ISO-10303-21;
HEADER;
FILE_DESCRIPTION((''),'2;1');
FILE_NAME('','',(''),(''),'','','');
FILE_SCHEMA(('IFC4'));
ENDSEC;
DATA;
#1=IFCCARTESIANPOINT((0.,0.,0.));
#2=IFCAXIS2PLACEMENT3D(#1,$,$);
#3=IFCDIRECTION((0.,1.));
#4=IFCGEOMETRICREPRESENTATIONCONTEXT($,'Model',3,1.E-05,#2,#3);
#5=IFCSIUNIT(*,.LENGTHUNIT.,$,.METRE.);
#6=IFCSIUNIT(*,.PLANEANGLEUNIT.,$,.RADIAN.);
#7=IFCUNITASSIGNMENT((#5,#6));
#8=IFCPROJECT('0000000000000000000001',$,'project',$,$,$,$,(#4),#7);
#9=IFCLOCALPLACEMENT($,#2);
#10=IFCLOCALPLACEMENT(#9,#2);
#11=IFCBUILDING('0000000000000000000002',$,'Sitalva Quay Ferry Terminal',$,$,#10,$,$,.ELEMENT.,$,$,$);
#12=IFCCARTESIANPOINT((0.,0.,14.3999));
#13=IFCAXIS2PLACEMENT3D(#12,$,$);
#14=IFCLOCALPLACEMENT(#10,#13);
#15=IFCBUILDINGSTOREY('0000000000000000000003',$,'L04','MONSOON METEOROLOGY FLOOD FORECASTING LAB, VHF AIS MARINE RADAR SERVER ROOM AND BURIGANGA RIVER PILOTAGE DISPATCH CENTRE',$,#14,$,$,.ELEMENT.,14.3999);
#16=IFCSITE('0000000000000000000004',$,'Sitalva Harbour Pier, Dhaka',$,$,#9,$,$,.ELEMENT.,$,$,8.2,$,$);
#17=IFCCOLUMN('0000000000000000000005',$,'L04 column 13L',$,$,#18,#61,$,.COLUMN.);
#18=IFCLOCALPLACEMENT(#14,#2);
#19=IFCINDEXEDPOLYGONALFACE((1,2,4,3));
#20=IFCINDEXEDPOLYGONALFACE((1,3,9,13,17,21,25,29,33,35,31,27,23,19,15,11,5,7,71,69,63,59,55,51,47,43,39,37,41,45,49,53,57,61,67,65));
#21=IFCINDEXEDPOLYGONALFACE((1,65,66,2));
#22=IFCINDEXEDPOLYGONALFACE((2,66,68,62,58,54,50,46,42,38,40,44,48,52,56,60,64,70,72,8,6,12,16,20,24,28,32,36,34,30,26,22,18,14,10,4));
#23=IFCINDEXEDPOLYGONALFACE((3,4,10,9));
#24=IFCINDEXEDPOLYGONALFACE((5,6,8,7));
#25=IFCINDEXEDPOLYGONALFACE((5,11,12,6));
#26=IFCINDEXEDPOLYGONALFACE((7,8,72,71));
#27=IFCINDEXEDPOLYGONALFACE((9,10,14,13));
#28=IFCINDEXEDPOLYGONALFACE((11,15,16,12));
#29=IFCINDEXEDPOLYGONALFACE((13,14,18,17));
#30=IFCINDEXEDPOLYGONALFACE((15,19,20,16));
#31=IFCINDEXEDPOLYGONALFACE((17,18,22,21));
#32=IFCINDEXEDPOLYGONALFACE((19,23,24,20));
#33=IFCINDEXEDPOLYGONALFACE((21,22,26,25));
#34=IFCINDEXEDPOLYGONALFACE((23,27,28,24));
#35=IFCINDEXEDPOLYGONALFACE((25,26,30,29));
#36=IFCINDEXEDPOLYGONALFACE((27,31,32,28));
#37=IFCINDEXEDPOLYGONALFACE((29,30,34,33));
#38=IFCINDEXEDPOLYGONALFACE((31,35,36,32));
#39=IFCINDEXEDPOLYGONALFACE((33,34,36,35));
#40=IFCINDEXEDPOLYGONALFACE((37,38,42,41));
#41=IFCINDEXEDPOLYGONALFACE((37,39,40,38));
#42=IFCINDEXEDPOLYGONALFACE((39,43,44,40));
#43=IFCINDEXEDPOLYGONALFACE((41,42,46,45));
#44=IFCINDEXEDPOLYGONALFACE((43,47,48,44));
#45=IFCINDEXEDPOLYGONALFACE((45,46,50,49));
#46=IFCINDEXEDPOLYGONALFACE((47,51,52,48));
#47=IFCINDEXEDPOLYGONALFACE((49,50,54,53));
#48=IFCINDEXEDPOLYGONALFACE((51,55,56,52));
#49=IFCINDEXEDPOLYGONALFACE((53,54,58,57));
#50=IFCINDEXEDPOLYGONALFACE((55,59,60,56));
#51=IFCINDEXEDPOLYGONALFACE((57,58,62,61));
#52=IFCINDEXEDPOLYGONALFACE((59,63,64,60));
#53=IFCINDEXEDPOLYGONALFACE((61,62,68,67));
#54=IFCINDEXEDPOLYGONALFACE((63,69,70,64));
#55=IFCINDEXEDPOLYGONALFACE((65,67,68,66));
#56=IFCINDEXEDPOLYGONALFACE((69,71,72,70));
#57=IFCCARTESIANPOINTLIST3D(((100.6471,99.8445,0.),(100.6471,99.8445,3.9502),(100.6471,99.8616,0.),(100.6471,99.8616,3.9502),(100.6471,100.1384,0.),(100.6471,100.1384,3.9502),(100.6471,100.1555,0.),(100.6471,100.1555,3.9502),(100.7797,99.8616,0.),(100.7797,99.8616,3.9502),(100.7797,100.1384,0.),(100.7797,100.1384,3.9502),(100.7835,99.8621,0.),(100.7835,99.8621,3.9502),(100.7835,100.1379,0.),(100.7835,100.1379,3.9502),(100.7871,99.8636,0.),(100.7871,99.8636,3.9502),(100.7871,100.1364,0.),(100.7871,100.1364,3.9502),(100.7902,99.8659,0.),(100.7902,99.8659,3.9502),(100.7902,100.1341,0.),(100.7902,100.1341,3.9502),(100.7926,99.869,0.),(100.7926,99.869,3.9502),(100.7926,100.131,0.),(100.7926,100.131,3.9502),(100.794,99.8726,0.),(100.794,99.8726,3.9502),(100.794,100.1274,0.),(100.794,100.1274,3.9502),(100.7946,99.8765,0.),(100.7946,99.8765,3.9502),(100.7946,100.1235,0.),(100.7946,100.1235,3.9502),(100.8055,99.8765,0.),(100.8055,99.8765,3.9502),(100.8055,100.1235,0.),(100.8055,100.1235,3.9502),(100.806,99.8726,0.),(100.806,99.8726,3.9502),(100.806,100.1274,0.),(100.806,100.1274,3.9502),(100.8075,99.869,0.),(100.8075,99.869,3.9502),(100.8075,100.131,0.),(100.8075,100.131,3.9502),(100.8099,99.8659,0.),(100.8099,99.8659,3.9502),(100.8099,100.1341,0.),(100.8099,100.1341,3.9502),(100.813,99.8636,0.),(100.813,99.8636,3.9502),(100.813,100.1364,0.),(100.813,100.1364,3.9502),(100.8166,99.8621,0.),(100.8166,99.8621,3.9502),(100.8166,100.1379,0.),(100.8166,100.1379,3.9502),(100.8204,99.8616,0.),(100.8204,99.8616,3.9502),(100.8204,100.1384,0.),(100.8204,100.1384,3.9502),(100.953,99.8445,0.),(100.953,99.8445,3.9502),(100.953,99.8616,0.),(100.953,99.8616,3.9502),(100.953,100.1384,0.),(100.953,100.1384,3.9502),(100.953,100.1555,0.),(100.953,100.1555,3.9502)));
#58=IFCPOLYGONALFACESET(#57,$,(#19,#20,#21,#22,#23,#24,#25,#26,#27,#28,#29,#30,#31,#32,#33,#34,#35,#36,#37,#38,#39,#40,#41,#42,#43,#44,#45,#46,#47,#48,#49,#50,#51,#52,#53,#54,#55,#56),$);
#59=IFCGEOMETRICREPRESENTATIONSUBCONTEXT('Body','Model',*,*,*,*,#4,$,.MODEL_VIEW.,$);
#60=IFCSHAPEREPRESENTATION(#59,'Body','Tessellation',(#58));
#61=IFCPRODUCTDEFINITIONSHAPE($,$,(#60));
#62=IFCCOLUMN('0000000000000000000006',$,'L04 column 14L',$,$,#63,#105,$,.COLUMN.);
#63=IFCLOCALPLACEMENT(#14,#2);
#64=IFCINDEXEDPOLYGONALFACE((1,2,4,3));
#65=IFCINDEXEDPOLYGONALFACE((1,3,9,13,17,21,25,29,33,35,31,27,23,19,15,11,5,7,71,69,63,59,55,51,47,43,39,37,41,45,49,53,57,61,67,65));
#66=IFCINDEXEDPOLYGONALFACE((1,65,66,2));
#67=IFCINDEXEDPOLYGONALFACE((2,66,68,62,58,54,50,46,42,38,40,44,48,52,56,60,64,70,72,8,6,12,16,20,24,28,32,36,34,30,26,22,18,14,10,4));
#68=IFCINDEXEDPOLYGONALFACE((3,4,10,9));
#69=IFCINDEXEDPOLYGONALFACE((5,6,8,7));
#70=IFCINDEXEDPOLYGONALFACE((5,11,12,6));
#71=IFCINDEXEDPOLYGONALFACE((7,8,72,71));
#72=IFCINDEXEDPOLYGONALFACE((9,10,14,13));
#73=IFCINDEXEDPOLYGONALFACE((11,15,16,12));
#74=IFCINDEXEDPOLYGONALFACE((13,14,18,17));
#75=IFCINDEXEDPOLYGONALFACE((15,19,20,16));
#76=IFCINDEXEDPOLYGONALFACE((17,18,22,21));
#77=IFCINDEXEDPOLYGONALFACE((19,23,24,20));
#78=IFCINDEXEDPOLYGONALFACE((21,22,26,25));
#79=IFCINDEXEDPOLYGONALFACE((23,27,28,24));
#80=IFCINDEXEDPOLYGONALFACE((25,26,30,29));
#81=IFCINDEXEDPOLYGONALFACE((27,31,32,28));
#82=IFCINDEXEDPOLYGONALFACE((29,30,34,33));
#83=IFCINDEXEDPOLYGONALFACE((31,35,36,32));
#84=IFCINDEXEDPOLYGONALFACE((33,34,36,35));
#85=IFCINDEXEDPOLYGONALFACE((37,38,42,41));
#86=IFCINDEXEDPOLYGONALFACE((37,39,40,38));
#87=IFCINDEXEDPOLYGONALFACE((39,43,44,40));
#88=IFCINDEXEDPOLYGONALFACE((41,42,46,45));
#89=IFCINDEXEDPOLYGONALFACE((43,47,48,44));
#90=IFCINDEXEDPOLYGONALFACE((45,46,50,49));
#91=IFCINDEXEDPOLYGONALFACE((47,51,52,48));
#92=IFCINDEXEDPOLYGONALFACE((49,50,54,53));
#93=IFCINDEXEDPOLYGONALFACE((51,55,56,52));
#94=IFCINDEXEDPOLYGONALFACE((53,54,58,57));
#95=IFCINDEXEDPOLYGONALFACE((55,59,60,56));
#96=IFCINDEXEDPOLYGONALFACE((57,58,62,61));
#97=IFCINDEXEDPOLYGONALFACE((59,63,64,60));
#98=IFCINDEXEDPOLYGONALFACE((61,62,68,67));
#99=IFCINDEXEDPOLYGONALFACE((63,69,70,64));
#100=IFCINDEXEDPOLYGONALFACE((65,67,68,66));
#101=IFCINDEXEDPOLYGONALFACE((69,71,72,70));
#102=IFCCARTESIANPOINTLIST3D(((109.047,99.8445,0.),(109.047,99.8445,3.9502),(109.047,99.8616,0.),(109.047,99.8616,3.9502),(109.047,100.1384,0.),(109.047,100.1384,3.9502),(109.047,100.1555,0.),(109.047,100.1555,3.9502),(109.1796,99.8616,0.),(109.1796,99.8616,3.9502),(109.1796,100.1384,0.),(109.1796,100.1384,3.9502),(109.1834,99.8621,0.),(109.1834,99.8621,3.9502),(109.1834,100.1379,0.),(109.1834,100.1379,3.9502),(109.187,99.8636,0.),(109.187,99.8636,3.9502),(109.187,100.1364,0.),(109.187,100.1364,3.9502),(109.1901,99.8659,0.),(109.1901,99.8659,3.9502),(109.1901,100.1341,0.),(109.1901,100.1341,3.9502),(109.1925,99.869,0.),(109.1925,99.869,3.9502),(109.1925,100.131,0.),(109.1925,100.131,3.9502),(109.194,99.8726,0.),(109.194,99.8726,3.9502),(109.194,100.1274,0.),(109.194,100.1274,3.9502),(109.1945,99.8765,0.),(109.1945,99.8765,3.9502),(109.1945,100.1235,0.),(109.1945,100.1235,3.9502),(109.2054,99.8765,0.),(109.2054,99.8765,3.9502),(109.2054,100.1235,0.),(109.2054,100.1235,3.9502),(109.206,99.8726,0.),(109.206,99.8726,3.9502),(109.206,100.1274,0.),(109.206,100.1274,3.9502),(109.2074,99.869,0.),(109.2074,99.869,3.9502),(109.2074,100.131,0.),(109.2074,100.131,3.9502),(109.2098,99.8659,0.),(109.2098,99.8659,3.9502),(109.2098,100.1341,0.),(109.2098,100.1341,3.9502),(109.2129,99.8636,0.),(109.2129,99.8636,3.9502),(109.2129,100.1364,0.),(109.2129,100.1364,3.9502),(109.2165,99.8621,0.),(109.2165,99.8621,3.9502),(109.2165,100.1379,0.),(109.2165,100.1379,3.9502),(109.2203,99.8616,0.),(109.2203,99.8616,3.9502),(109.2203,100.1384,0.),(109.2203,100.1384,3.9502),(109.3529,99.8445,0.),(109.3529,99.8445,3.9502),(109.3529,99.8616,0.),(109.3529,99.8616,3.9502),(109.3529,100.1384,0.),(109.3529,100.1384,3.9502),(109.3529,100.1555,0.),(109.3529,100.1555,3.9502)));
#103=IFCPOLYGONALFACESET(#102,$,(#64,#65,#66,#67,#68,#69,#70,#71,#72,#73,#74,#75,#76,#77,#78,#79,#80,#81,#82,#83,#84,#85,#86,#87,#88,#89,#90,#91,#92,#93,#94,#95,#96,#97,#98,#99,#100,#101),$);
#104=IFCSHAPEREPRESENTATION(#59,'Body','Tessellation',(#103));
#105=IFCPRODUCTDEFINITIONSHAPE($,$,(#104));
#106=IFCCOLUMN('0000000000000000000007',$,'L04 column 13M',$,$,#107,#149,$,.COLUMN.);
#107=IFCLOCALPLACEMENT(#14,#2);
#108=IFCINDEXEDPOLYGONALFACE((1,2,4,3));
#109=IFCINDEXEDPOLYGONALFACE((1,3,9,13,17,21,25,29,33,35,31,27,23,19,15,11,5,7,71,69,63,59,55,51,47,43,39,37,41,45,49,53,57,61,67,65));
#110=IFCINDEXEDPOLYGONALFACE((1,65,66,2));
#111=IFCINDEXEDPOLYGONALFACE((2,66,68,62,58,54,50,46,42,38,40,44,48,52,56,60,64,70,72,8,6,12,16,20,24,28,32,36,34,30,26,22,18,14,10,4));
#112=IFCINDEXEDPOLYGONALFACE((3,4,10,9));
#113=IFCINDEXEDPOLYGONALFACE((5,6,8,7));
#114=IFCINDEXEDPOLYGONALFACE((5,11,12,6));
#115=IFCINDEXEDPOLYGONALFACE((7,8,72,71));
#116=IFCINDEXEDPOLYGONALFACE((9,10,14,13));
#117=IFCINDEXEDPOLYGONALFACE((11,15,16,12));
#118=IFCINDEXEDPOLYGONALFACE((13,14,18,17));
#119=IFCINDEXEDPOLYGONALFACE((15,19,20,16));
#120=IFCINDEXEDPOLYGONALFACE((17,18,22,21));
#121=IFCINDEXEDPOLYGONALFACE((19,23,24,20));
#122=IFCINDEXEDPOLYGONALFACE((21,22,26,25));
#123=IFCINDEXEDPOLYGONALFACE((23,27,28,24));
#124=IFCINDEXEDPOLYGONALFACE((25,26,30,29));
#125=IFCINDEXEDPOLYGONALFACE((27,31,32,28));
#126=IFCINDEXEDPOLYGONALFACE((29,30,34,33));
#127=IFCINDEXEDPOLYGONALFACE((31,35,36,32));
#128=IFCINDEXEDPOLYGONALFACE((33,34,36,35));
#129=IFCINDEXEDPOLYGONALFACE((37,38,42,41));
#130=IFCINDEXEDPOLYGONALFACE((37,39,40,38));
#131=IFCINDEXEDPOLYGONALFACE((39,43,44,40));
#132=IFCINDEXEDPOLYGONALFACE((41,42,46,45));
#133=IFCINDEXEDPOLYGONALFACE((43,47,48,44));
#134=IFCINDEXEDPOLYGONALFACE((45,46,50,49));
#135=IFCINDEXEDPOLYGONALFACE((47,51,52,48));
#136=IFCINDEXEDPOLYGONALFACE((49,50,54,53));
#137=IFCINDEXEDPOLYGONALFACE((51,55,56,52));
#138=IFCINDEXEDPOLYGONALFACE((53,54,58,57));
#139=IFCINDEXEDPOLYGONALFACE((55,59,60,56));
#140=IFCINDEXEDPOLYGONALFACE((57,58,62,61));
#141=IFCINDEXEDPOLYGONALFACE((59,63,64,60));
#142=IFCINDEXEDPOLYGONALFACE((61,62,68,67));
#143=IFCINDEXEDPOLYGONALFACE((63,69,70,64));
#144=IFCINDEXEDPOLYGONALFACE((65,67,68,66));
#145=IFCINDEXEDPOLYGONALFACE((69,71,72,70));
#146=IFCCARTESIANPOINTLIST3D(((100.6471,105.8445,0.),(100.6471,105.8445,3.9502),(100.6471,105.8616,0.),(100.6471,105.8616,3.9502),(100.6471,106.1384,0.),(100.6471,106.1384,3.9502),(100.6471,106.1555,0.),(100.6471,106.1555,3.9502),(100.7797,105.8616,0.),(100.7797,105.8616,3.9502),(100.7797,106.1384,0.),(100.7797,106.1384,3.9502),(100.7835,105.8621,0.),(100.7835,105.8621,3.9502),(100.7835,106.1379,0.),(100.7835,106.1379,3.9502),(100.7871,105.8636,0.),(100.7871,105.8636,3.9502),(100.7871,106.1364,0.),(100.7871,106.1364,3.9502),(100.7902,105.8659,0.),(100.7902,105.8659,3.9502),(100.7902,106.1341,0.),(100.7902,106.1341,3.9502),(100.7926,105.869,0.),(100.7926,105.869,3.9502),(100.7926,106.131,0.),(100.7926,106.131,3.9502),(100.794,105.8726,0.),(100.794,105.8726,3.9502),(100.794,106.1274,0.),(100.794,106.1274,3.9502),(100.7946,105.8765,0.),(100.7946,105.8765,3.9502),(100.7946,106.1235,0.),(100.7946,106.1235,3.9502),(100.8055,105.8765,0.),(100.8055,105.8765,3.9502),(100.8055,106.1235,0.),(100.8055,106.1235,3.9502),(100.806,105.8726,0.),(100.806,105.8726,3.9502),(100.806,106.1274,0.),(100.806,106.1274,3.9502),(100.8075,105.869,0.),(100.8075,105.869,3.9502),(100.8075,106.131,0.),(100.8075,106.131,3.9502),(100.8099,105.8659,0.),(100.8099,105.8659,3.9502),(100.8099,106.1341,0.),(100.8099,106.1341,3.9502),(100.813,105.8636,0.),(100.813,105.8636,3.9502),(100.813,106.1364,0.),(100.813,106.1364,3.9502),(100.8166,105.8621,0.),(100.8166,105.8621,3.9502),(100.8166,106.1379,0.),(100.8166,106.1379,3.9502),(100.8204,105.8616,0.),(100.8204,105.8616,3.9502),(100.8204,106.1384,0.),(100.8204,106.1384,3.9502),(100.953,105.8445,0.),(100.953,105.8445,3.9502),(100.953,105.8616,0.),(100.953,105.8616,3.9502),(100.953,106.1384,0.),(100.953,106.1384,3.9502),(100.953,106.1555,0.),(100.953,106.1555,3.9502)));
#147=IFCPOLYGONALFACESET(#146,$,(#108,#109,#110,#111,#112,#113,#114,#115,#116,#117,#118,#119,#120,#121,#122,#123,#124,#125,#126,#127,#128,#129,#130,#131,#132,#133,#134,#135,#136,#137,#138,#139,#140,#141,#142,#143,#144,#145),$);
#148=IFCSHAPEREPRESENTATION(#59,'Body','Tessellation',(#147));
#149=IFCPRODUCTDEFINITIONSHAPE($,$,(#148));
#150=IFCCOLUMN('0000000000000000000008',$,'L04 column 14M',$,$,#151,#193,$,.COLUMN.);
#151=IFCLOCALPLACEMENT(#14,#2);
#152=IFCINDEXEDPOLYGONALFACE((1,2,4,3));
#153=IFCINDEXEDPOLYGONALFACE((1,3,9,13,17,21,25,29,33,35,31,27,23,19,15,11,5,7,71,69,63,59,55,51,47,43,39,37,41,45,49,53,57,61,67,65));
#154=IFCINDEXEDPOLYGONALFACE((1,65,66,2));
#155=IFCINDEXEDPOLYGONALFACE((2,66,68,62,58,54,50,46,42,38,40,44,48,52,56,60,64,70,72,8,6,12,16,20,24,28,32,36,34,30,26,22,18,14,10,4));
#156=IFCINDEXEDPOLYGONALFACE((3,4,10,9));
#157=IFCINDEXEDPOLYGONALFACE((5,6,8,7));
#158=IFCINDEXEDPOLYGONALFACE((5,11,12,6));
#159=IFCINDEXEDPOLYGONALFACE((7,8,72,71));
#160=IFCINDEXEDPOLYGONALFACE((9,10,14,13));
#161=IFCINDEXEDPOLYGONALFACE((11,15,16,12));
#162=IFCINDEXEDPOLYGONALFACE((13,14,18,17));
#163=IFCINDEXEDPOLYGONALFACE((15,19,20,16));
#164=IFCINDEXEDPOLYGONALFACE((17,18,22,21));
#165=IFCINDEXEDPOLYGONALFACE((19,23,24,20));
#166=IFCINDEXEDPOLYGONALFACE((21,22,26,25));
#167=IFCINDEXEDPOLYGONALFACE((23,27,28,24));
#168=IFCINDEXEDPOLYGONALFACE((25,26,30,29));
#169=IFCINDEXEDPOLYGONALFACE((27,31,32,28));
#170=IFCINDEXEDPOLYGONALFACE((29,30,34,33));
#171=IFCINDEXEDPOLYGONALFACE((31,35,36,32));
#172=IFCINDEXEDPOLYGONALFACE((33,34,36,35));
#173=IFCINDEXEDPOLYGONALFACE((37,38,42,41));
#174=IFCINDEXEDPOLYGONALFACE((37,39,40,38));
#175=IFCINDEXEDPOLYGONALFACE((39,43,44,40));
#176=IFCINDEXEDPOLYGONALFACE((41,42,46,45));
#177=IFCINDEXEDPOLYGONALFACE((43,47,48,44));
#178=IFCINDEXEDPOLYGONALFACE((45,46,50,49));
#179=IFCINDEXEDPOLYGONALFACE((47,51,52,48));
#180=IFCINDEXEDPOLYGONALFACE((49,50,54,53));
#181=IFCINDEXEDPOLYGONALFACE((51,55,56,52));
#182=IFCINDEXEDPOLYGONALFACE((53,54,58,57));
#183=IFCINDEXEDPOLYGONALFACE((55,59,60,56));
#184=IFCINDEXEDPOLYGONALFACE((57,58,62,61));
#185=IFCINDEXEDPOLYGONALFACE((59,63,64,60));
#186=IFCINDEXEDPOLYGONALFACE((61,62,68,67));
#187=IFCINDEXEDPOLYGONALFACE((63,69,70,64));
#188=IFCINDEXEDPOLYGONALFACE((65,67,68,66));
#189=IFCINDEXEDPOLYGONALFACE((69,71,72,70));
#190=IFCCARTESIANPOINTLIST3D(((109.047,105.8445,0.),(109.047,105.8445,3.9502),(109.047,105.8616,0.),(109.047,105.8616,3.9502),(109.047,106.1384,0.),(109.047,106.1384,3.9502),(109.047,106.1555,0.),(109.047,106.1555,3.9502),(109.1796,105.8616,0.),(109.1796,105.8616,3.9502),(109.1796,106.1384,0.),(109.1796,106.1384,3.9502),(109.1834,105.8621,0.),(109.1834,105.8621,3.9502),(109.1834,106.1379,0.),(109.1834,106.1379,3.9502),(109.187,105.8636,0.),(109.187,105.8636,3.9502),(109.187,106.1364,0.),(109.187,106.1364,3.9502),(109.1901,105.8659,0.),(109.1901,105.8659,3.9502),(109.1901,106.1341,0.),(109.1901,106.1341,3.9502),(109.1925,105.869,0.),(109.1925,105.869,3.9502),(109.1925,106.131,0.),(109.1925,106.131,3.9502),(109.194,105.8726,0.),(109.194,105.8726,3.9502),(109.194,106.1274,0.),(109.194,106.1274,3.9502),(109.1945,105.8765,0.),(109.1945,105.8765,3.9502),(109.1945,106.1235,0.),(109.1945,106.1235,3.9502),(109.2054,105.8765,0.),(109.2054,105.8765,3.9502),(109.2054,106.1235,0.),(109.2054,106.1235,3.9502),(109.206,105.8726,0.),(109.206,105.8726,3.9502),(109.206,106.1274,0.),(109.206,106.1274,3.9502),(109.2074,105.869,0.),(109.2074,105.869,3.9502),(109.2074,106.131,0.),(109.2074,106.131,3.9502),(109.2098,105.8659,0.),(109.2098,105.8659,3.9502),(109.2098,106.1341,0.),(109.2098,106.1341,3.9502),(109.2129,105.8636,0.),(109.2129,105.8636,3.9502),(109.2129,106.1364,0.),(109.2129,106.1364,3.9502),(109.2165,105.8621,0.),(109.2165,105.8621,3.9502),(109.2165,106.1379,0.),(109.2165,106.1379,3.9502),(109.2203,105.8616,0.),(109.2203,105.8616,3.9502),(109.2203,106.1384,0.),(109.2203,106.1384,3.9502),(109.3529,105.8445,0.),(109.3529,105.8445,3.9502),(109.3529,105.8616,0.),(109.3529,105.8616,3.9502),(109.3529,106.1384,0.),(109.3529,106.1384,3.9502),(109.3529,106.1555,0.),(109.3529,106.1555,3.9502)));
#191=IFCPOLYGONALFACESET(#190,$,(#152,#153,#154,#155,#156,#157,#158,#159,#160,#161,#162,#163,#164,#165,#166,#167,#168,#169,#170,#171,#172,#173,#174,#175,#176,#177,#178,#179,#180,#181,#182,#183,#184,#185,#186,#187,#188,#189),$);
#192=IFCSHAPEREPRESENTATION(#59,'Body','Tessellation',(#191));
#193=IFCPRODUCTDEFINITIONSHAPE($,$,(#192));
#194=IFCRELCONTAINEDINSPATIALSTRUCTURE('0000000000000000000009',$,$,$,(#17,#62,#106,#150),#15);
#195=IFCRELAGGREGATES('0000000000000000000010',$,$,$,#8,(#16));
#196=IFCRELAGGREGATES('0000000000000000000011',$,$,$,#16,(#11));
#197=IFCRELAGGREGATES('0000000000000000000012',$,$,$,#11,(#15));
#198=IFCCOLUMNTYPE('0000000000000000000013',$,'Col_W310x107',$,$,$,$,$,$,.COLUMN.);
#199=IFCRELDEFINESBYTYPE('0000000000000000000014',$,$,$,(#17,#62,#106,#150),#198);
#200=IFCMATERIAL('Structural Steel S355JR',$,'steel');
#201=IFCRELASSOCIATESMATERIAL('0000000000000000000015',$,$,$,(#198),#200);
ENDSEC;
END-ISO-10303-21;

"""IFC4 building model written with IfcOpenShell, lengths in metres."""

from ifc_helpers import new_model, si_unit, direction, frame, origin, origin_2d, place, context, subcontext, project, spatial, i_section, extrude, material, material_profile, profile_set, type_object, element, save


model = new_model("IFC4")

# Units and contexts
model_context = context("Model", 3, precision=1e-05, world=origin(), true_north=direction((0.0, 1.0)))
body_context = subcontext(model_context, "Body", "Model", "MODEL_VIEW")
ifc_project = project(units=[si_unit("LENGTHUNIT", "METRE"), si_unit("PLANEANGLEUNIT", "RADIAN")], contexts=[model_context])

# Site, building, storey
site_placement = place(None, origin())
site = spatial("IfcSite", under=ifc_project, at=site_placement, Name="Sitalva Harbour Pier, Dhaka", CompositionType="ELEMENT", RefElevation=8.2)
building_placement = place(site_placement, origin())
building = spatial("IfcBuilding", under=site, at=building_placement, Name="Sitalva Quay Ferry Terminal", CompositionType="ELEMENT")
storey_placement = place(building_placement, frame((0.0, 0.0, 14.3999)))
storey = spatial("IfcBuildingStorey", under=building, at=storey_placement, Name="L04", Description="MONSOON METEOROLOGY FLOOD FORECASTING LAB, VHF AIS MARINE RADAR SERVER ROOM AND BURIGANGA RIVER PILOTAGE DISPATCH CENTRE", CompositionType="ELEMENT", Elevation=14.3999)

# Columns
ifc_material_1 = material(Name="Structural Steel S355JR", Category="steel")
ifc_material_profile_1 = material_profile(ifc_material_1, i_section(OverallWidth=0.3059, OverallDepth=0.311, WebThickness=0.011, FlangeThickness=0.0171, FilletRadius=0.0149, at=origin_2d()), Name="W310x107")
ifc_profile_set_1 = profile_set([ifc_material_profile_1], Name="Structural Steel S355JR")
column_type = type_object("IfcColumnType", Name="Col_W310x107", PredefinedType="COLUMN", material=ifc_profile_set_1)
for number, where, z_axis, x_axis, name in (
    (1, (100.8, 100.0, 0.0), (0.0, 0.0, 1.0), (1.0, 0.0, 0.0), "L04 column 13L"),
    (2, (109.2, 100.0, 0.0), (0.0, 0.0, 1.0), (1.0, 0.0, 0.0), "L04 column 14L"),
    (3, (100.8, 106.0, 0.0), (0.0, 0.0, 1.0), (1.0, 0.0, 0.0), "L04 column 13M"),
    (4, (109.2, 106.0, 0.0), (0.0, 0.0, 1.0), (1.0, 0.0, 0.0), "L04 column 14M"),
):
    element("IfcColumn", number, at=place(storey_placement, frame(where, z_axis=z_axis, x_axis=x_axis)), inside=storey, type_object=column_type, Name=name, PredefinedType="COLUMN", context=body_context, shape_type="SweptSolid", body=[
        extrude(i_section(OverallWidth=0.3059, OverallDepth=0.311, WebThickness=0.011, FlangeThickness=0.0171, FilletRadius=0.0149, at=origin_2d()), origin(), (0.0, 0.0, 1.0), 3.9502),
    ])

save(model, "model.ifc")
